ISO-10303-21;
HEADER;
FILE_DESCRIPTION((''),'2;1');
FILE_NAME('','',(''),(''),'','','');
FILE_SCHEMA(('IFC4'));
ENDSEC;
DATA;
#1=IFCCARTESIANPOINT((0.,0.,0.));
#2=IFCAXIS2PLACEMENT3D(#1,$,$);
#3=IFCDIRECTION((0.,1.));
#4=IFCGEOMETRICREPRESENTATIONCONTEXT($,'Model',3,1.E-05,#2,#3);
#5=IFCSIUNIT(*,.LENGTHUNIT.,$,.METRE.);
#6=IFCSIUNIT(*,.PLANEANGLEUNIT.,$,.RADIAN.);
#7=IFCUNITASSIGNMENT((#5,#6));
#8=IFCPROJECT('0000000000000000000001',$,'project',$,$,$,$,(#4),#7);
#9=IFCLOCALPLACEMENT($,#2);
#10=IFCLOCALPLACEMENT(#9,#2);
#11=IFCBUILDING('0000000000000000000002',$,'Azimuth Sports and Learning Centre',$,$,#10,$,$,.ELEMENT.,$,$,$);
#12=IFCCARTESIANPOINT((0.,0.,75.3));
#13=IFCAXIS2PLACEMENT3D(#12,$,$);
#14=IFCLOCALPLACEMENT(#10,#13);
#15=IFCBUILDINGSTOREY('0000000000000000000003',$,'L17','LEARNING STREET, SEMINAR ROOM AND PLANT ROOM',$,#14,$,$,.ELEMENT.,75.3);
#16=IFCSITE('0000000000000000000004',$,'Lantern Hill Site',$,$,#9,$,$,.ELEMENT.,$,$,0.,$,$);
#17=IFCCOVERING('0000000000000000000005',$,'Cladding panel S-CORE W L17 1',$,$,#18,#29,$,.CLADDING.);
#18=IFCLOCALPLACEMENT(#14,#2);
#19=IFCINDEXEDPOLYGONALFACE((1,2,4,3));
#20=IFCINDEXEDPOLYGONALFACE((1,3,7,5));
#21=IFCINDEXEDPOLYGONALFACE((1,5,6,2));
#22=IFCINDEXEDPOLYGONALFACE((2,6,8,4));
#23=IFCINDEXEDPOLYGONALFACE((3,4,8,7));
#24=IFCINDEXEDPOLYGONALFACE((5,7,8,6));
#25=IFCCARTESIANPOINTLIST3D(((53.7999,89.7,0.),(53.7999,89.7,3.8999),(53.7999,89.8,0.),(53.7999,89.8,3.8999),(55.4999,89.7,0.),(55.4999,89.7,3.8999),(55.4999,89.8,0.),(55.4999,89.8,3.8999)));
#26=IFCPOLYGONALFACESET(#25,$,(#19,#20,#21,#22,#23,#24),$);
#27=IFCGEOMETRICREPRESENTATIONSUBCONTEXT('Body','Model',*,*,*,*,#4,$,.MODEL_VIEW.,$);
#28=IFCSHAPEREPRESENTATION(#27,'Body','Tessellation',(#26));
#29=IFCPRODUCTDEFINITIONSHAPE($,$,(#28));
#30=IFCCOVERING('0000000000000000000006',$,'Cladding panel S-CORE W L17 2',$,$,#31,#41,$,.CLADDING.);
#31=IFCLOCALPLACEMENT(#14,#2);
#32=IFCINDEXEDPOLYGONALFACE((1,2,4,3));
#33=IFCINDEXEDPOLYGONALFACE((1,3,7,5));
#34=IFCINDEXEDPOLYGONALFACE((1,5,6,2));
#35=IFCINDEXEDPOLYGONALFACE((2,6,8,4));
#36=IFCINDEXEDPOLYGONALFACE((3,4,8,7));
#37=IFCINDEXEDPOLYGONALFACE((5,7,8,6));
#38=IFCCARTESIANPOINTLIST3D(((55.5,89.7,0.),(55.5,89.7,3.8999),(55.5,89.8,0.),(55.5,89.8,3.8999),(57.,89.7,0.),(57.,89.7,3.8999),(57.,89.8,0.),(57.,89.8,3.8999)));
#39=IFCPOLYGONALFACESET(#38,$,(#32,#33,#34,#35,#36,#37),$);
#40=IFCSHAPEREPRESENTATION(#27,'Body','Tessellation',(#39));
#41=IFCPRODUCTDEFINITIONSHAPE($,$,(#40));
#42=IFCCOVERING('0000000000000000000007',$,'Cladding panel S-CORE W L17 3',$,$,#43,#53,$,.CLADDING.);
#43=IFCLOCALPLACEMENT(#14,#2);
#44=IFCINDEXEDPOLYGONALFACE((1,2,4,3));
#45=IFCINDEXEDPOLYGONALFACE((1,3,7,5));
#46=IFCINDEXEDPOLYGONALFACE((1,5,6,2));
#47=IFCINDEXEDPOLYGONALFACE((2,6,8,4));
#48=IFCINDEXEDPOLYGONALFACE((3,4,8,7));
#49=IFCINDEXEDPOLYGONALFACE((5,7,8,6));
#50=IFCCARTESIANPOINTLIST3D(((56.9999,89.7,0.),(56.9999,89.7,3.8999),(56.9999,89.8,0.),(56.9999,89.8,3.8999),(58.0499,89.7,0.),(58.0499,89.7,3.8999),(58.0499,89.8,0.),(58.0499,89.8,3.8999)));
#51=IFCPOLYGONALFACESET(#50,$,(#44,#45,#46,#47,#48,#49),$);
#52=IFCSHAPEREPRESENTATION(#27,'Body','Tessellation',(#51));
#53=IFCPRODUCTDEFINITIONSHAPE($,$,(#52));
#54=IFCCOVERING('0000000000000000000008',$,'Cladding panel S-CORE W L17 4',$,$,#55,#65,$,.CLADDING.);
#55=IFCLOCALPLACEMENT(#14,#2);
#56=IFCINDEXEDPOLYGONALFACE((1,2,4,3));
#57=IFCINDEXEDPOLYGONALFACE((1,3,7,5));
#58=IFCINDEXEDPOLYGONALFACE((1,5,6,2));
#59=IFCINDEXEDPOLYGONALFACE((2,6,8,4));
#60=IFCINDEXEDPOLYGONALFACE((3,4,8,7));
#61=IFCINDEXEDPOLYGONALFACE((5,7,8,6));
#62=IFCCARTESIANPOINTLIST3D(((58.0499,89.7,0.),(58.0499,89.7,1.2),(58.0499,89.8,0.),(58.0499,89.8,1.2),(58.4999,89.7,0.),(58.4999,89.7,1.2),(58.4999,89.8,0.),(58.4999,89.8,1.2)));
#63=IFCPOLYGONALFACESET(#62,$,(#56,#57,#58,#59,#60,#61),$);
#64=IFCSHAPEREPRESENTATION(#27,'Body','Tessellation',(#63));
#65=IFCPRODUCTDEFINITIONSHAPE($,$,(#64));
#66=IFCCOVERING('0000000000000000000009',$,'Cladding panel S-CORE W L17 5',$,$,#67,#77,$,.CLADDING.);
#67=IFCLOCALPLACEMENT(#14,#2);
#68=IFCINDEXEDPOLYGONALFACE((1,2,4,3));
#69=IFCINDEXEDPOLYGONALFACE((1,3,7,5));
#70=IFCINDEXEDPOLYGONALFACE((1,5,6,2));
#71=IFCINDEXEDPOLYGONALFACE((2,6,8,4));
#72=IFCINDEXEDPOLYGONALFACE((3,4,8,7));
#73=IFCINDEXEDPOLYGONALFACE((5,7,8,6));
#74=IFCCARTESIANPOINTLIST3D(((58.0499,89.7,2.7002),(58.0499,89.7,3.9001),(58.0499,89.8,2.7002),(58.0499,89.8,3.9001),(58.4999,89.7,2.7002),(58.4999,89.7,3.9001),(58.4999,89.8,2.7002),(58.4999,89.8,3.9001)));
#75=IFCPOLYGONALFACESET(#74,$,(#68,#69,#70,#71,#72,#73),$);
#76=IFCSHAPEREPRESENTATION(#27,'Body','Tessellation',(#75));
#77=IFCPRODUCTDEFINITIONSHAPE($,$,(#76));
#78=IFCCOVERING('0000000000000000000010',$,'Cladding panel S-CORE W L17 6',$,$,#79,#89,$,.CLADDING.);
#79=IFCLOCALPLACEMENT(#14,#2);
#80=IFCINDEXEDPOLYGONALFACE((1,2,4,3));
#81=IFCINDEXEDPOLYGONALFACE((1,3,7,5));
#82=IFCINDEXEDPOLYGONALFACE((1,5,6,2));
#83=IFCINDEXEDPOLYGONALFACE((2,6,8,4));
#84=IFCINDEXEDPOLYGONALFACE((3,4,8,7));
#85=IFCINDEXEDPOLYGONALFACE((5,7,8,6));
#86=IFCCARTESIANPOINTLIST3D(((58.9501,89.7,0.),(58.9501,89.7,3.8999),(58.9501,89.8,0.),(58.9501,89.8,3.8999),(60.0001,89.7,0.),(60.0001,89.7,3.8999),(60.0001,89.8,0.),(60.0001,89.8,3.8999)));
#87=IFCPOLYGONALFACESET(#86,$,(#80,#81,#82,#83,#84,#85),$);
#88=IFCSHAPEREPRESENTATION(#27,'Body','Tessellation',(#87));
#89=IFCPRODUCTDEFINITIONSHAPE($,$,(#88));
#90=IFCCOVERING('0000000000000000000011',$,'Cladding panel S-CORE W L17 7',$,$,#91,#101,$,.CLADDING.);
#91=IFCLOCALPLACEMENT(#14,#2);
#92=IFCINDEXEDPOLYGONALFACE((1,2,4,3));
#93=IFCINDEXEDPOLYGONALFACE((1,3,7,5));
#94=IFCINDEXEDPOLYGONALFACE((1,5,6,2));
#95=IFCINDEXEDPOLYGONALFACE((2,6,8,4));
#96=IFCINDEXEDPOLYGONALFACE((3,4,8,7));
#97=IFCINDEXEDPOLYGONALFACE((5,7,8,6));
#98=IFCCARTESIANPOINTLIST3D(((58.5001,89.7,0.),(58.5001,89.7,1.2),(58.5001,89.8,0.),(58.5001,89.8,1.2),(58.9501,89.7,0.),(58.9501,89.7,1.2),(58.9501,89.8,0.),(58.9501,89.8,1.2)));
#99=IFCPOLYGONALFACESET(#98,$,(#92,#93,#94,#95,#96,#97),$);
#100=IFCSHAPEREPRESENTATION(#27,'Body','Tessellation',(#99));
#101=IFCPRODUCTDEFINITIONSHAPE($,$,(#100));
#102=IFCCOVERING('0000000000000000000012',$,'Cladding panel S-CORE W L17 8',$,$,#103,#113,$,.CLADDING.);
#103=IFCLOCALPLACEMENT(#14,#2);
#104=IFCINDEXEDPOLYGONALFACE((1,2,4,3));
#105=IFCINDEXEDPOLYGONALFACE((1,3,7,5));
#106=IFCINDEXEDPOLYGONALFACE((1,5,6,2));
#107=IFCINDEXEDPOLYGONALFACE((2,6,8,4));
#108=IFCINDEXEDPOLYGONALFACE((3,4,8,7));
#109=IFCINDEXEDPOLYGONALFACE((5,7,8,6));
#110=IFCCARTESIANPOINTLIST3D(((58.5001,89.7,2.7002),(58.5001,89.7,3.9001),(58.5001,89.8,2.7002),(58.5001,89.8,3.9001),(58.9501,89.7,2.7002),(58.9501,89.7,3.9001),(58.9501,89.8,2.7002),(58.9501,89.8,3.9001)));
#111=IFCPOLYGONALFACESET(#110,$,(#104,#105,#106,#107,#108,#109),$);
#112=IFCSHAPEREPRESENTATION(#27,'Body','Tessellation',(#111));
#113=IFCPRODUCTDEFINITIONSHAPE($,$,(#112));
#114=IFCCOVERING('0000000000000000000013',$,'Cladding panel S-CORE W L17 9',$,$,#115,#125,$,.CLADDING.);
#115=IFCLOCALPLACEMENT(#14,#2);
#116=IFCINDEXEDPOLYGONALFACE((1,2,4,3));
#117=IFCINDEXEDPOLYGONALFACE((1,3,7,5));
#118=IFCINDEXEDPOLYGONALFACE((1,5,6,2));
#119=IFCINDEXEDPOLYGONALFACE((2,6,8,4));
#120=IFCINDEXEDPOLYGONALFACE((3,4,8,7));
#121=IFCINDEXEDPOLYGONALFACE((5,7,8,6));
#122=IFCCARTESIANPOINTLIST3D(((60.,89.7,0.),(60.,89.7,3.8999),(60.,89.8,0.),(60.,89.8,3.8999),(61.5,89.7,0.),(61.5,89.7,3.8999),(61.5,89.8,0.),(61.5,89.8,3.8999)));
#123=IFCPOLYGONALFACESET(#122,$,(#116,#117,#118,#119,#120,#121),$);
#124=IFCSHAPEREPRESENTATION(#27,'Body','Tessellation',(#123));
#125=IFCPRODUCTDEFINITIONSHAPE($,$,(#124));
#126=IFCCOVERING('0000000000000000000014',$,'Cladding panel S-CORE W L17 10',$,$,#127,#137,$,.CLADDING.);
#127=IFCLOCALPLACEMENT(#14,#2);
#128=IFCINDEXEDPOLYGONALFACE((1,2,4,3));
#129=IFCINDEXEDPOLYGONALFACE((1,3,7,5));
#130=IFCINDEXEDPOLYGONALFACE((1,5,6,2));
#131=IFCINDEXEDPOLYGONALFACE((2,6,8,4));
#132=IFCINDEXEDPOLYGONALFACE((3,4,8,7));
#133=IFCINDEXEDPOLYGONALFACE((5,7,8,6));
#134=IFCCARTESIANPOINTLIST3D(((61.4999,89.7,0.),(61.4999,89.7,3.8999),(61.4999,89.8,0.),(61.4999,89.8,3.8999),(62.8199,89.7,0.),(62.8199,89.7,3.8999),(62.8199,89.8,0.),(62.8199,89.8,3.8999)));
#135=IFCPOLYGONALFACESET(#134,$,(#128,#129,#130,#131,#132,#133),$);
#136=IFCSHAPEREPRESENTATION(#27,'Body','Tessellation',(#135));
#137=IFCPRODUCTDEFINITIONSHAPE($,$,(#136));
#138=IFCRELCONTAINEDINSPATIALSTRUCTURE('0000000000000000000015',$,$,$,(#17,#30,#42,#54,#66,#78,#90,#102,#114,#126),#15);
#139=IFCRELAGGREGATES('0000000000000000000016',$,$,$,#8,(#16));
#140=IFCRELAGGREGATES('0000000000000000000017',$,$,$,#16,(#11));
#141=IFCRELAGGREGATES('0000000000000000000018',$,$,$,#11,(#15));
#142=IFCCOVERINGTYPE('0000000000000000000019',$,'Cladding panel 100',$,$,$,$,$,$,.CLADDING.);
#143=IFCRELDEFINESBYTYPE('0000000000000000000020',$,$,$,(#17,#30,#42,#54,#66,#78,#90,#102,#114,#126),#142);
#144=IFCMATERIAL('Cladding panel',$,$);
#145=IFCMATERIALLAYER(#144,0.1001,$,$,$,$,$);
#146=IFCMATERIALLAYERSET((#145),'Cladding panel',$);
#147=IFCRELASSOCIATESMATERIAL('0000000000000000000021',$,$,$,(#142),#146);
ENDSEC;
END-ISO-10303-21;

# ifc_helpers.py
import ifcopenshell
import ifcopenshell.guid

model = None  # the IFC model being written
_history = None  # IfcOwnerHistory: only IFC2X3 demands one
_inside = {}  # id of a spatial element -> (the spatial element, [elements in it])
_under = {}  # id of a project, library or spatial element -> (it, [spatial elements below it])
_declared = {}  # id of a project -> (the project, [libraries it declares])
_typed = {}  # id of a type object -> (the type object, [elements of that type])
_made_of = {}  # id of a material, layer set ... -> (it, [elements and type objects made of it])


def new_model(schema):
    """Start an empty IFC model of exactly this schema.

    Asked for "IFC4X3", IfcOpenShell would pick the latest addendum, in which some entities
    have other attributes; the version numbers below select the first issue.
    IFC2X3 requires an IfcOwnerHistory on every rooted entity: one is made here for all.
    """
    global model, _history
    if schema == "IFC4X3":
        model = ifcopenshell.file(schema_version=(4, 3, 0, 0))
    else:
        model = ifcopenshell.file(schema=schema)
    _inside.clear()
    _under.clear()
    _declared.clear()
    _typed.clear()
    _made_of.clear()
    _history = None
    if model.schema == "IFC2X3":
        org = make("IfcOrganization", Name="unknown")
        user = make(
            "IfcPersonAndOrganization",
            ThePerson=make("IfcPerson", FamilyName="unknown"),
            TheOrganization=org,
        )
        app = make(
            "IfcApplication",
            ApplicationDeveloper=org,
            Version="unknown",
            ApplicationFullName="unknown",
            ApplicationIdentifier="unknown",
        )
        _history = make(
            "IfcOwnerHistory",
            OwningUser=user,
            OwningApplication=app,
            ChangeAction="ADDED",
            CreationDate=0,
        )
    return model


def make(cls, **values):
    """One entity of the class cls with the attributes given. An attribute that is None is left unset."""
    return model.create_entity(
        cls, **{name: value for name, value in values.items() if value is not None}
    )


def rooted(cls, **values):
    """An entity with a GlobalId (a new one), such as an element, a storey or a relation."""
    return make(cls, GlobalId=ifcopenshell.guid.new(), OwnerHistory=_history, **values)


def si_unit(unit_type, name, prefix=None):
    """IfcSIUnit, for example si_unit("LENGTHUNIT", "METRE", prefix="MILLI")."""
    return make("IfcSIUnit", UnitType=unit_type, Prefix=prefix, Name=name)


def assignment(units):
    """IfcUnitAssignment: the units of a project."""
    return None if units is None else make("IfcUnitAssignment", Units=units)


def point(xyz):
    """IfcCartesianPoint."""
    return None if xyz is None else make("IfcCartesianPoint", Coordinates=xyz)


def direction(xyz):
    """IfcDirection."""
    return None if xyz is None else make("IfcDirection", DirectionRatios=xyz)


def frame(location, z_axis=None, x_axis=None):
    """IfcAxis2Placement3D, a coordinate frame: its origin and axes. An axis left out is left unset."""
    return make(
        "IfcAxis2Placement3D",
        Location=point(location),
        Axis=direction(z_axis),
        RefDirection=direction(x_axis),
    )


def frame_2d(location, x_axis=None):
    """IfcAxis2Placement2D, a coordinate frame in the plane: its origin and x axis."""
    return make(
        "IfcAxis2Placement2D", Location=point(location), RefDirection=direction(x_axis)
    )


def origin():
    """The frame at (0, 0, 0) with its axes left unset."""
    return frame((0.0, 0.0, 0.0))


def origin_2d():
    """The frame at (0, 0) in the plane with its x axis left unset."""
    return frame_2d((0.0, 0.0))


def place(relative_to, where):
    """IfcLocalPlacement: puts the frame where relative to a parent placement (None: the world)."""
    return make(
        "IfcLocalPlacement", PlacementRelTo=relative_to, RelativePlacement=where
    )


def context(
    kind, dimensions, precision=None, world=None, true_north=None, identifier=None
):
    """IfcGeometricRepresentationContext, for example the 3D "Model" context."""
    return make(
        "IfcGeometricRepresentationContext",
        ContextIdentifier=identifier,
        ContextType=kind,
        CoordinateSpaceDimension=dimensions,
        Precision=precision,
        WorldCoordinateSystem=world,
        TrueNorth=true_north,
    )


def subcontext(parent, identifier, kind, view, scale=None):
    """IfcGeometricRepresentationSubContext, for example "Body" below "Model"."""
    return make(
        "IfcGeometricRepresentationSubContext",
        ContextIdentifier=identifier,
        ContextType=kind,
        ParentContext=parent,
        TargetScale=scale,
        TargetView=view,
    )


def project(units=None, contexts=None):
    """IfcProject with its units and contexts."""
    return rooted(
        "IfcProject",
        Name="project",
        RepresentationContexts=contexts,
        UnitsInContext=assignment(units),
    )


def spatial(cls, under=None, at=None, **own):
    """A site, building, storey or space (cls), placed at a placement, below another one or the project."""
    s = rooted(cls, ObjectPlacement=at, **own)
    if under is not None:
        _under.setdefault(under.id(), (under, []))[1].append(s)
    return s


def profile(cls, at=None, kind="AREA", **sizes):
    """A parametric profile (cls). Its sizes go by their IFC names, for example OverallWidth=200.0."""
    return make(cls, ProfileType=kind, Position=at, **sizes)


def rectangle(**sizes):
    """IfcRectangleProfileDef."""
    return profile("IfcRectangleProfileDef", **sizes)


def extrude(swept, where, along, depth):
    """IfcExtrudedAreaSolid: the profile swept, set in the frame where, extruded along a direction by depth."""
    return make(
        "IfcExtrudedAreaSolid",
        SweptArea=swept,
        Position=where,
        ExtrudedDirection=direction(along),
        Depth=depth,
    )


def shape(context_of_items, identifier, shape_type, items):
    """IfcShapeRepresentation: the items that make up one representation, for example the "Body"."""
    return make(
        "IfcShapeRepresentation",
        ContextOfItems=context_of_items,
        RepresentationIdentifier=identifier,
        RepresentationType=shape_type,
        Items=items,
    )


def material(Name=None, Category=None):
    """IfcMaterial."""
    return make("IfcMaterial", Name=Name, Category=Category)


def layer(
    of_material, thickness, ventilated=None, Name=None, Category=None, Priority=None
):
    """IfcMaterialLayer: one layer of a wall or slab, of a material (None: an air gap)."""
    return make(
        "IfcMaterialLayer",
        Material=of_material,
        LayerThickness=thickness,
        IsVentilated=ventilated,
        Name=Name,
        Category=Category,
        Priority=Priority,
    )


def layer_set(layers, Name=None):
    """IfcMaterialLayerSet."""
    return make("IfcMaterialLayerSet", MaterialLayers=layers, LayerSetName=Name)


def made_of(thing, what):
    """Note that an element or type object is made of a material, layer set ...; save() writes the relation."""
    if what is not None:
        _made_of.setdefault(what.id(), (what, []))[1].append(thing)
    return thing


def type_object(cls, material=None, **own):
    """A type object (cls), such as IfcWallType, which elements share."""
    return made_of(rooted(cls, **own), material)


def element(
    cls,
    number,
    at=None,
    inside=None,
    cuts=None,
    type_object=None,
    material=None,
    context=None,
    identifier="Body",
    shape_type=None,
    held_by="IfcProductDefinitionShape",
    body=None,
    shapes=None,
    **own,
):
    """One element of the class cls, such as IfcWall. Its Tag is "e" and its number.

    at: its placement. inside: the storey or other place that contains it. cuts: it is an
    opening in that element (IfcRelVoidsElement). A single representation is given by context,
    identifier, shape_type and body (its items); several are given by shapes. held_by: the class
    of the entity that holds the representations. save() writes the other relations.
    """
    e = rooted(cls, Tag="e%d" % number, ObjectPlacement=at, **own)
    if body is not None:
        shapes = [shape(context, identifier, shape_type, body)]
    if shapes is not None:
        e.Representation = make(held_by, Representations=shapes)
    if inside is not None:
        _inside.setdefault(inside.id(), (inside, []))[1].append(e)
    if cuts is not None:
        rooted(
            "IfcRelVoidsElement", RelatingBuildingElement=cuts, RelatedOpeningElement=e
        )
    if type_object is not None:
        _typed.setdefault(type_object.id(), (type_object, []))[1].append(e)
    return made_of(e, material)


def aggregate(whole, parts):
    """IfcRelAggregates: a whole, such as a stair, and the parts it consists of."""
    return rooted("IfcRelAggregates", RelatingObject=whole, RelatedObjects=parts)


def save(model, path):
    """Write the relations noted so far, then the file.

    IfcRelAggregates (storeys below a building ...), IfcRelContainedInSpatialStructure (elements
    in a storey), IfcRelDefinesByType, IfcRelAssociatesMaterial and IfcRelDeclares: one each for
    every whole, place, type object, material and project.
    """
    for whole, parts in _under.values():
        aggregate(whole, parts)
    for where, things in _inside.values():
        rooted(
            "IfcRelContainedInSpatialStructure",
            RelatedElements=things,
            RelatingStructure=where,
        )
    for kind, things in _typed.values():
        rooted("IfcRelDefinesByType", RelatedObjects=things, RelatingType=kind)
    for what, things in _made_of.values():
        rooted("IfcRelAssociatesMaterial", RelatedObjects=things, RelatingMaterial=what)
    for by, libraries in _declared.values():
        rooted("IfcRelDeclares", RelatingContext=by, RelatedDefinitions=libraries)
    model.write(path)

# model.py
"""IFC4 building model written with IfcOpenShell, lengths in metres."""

from ifc_helpers import new_model, si_unit, direction, frame, origin, origin_2d, place, context, subcontext, project, spatial, rectangle, extrude, material, layer, layer_set, type_object, element, save


model = new_model("IFC4")

# Units and contexts
model_context = context("Model", 3, precision=1e-05, world=origin(), true_north=direction((0.0, 1.0)))
body_context = subcontext(model_context, "Body", "Model", "MODEL_VIEW")
ifc_project = project(units=[si_unit("LENGTHUNIT", "METRE"), si_unit("PLANEANGLEUNIT", "RADIAN")], contexts=[model_context])

# Site, building, storey
site_placement = place(None, origin())
site = spatial("IfcSite", under=ifc_project, at=site_placement, Name="Lantern Hill Site", CompositionType="ELEMENT", RefElevation=0.0)
building_placement = place(site_placement, origin())
building = spatial("IfcBuilding", under=site, at=building_placement, Name="Azimuth Sports and Learning Centre", CompositionType="ELEMENT")
storey_placement = place(building_placement, frame((0.0, 0.0, 75.3)))
storey = spatial("IfcBuildingStorey", under=building, at=storey_placement, Name="L17", Description="LEARNING STREET, SEMINAR ROOM AND PLANT ROOM", CompositionType="ELEMENT", Elevation=75.3)

# Coverings
ifc_material_1 = material(Name="Cladding panel")
ifc_layer_1 = layer(ifc_material_1, 0.1001)
ifc_layer_set_1 = layer_set([ifc_layer_1], Name="Cladding panel")
covering_type = type_object("IfcCoveringType", Name="Cladding panel 100", PredefinedType="CLADDING", material=ifc_layer_set_1)
covering_1_placement = place(storey_placement, frame((54.6499, 89.75, 0.0), z_axis=(0.0, 0.0, 1.0), x_axis=(1.0, 0.0, 0.0)))
element("IfcCovering", 1, at=covering_1_placement, inside=storey, type_object=covering_type, Name="Cladding panel S-CORE W L17 1", PredefinedType="CLADDING", context=body_context, shape_type="SweptSolid", body=[
    extrude(rectangle(XDim=1.7, YDim=0.1001, at=origin_2d()), origin(), (0.0, 0.0, 1.0), 3.8999),
])
covering_2_placement = place(storey_placement, frame((56.25, 89.75, 0.0), z_axis=(0.0, 0.0, 1.0), x_axis=(1.0, 0.0, 0.0)))
element("IfcCovering", 2, at=covering_2_placement, inside=storey, type_object=covering_type, Name="Cladding panel S-CORE W L17 2", PredefinedType="CLADDING", context=body_context, shape_type="SweptSolid", body=[
    extrude(rectangle(XDim=1.5, YDim=0.1001, at=origin_2d()), origin(), (0.0, 0.0, 1.0), 3.8999),
])
covering_3_placement = place(storey_placement, frame((57.5249, 89.75, 0.0), z_axis=(0.0, 0.0, 1.0), x_axis=(1.0, 0.0, 0.0)))
element("IfcCovering", 3, at=covering_3_placement, inside=storey, type_object=covering_type, Name="Cladding panel S-CORE W L17 3", PredefinedType="CLADDING", context=body_context, shape_type="SweptSolid", body=[
    extrude(rectangle(XDim=1.05, YDim=0.1001, at=origin_2d()), origin(), (0.0, 0.0, 1.0), 3.8999),
])
for number, where, z_axis, x_axis, name in (
    (4, (58.2749, 89.75, 0.0), (0.0, 0.0, 1.0), (1.0, 0.0, 0.0), "Cladding panel S-CORE W L17 4"),
    (5, (58.2749, 89.75, 2.7002), (0.0, 0.0, 1.0), (1.0, 0.0, 0.0), "Cladding panel S-CORE W L17 5"),
):
    element("IfcCovering", number, at=place(storey_placement, frame(where, z_axis=z_axis, x_axis=x_axis)), inside=storey, type_object=covering_type, Name=name, PredefinedType="CLADDING", context=body_context, shape_type="SweptSolid", body=[
        extrude(rectangle(XDim=0.45, YDim=0.1001, at=origin_2d()), origin(), (0.0, 0.0, 1.0), 1.2),
    ])
covering_4_placement = place(storey_placement, frame((59.4751, 89.75, 0.0), z_axis=(0.0, 0.0, 1.0), x_axis=(1.0, 0.0, 0.0)))
element("IfcCovering", 6, at=covering_4_placement, inside=storey, type_object=covering_type, Name="Cladding panel S-CORE W L17 6", PredefinedType="CLADDING", context=body_context, shape_type="SweptSolid", body=[
    extrude(rectangle(XDim=1.05, YDim=0.1001, at=origin_2d()), origin(), (0.0, 0.0, 1.0), 3.8999),
])
for number, where, z_axis, x_axis, name in (
    (7, (58.7251, 89.75, 0.0), (0.0, 0.0, 1.0), (1.0, 0.0, 0.0), "Cladding panel S-CORE W L17 7"),
    (8, (58.7251, 89.75, 2.7002), (0.0, 0.0, 1.0), (1.0, 0.0, 0.0), "Cladding panel S-CORE W L17 8"),
):
    element("IfcCovering", number, at=place(storey_placement, frame(where, z_axis=z_axis, x_axis=x_axis)), inside=storey, type_object=covering_type, Name=name, PredefinedType="CLADDING", context=body_context, shape_type="SweptSolid", body=[
        extrude(rectangle(XDim=0.45, YDim=0.1001, at=origin_2d()), origin(), (0.0, 0.0, 1.0), 1.2),
    ])
covering_5_placement = place(storey_placement, frame((60.75, 89.75, 0.0), z_axis=(0.0, 0.0, 1.0), x_axis=(1.0, 0.0, 0.0)))
element("IfcCovering", 9, at=covering_5_placement, inside=storey, type_object=covering_type, Name="Cladding panel S-CORE W L17 9", PredefinedType="CLADDING", context=body_context, shape_type="SweptSolid", body=[
    extrude(rectangle(XDim=1.5, YDim=0.1001, at=origin_2d()), origin(), (0.0, 0.0, 1.0), 3.8999),
])
covering_6_placement = place(storey_placement, frame((62.1599, 89.75, 0.0), z_axis=(0.0, 0.0, 1.0), x_axis=(1.0, 0.0, 0.0)))
element("IfcCovering", 10, at=covering_6_placement, inside=storey, type_object=covering_type, Name="Cladding panel S-CORE W L17 10", PredefinedType="CLADDING", context=body_context, shape_type="SweptSolid", body=[
    extrude(rectangle(XDim=1.3201, YDim=0.1001, at=origin_2d()), origin(), (0.0, 0.0, 1.0), 3.8999),
])

save(model, "model.ifc")
